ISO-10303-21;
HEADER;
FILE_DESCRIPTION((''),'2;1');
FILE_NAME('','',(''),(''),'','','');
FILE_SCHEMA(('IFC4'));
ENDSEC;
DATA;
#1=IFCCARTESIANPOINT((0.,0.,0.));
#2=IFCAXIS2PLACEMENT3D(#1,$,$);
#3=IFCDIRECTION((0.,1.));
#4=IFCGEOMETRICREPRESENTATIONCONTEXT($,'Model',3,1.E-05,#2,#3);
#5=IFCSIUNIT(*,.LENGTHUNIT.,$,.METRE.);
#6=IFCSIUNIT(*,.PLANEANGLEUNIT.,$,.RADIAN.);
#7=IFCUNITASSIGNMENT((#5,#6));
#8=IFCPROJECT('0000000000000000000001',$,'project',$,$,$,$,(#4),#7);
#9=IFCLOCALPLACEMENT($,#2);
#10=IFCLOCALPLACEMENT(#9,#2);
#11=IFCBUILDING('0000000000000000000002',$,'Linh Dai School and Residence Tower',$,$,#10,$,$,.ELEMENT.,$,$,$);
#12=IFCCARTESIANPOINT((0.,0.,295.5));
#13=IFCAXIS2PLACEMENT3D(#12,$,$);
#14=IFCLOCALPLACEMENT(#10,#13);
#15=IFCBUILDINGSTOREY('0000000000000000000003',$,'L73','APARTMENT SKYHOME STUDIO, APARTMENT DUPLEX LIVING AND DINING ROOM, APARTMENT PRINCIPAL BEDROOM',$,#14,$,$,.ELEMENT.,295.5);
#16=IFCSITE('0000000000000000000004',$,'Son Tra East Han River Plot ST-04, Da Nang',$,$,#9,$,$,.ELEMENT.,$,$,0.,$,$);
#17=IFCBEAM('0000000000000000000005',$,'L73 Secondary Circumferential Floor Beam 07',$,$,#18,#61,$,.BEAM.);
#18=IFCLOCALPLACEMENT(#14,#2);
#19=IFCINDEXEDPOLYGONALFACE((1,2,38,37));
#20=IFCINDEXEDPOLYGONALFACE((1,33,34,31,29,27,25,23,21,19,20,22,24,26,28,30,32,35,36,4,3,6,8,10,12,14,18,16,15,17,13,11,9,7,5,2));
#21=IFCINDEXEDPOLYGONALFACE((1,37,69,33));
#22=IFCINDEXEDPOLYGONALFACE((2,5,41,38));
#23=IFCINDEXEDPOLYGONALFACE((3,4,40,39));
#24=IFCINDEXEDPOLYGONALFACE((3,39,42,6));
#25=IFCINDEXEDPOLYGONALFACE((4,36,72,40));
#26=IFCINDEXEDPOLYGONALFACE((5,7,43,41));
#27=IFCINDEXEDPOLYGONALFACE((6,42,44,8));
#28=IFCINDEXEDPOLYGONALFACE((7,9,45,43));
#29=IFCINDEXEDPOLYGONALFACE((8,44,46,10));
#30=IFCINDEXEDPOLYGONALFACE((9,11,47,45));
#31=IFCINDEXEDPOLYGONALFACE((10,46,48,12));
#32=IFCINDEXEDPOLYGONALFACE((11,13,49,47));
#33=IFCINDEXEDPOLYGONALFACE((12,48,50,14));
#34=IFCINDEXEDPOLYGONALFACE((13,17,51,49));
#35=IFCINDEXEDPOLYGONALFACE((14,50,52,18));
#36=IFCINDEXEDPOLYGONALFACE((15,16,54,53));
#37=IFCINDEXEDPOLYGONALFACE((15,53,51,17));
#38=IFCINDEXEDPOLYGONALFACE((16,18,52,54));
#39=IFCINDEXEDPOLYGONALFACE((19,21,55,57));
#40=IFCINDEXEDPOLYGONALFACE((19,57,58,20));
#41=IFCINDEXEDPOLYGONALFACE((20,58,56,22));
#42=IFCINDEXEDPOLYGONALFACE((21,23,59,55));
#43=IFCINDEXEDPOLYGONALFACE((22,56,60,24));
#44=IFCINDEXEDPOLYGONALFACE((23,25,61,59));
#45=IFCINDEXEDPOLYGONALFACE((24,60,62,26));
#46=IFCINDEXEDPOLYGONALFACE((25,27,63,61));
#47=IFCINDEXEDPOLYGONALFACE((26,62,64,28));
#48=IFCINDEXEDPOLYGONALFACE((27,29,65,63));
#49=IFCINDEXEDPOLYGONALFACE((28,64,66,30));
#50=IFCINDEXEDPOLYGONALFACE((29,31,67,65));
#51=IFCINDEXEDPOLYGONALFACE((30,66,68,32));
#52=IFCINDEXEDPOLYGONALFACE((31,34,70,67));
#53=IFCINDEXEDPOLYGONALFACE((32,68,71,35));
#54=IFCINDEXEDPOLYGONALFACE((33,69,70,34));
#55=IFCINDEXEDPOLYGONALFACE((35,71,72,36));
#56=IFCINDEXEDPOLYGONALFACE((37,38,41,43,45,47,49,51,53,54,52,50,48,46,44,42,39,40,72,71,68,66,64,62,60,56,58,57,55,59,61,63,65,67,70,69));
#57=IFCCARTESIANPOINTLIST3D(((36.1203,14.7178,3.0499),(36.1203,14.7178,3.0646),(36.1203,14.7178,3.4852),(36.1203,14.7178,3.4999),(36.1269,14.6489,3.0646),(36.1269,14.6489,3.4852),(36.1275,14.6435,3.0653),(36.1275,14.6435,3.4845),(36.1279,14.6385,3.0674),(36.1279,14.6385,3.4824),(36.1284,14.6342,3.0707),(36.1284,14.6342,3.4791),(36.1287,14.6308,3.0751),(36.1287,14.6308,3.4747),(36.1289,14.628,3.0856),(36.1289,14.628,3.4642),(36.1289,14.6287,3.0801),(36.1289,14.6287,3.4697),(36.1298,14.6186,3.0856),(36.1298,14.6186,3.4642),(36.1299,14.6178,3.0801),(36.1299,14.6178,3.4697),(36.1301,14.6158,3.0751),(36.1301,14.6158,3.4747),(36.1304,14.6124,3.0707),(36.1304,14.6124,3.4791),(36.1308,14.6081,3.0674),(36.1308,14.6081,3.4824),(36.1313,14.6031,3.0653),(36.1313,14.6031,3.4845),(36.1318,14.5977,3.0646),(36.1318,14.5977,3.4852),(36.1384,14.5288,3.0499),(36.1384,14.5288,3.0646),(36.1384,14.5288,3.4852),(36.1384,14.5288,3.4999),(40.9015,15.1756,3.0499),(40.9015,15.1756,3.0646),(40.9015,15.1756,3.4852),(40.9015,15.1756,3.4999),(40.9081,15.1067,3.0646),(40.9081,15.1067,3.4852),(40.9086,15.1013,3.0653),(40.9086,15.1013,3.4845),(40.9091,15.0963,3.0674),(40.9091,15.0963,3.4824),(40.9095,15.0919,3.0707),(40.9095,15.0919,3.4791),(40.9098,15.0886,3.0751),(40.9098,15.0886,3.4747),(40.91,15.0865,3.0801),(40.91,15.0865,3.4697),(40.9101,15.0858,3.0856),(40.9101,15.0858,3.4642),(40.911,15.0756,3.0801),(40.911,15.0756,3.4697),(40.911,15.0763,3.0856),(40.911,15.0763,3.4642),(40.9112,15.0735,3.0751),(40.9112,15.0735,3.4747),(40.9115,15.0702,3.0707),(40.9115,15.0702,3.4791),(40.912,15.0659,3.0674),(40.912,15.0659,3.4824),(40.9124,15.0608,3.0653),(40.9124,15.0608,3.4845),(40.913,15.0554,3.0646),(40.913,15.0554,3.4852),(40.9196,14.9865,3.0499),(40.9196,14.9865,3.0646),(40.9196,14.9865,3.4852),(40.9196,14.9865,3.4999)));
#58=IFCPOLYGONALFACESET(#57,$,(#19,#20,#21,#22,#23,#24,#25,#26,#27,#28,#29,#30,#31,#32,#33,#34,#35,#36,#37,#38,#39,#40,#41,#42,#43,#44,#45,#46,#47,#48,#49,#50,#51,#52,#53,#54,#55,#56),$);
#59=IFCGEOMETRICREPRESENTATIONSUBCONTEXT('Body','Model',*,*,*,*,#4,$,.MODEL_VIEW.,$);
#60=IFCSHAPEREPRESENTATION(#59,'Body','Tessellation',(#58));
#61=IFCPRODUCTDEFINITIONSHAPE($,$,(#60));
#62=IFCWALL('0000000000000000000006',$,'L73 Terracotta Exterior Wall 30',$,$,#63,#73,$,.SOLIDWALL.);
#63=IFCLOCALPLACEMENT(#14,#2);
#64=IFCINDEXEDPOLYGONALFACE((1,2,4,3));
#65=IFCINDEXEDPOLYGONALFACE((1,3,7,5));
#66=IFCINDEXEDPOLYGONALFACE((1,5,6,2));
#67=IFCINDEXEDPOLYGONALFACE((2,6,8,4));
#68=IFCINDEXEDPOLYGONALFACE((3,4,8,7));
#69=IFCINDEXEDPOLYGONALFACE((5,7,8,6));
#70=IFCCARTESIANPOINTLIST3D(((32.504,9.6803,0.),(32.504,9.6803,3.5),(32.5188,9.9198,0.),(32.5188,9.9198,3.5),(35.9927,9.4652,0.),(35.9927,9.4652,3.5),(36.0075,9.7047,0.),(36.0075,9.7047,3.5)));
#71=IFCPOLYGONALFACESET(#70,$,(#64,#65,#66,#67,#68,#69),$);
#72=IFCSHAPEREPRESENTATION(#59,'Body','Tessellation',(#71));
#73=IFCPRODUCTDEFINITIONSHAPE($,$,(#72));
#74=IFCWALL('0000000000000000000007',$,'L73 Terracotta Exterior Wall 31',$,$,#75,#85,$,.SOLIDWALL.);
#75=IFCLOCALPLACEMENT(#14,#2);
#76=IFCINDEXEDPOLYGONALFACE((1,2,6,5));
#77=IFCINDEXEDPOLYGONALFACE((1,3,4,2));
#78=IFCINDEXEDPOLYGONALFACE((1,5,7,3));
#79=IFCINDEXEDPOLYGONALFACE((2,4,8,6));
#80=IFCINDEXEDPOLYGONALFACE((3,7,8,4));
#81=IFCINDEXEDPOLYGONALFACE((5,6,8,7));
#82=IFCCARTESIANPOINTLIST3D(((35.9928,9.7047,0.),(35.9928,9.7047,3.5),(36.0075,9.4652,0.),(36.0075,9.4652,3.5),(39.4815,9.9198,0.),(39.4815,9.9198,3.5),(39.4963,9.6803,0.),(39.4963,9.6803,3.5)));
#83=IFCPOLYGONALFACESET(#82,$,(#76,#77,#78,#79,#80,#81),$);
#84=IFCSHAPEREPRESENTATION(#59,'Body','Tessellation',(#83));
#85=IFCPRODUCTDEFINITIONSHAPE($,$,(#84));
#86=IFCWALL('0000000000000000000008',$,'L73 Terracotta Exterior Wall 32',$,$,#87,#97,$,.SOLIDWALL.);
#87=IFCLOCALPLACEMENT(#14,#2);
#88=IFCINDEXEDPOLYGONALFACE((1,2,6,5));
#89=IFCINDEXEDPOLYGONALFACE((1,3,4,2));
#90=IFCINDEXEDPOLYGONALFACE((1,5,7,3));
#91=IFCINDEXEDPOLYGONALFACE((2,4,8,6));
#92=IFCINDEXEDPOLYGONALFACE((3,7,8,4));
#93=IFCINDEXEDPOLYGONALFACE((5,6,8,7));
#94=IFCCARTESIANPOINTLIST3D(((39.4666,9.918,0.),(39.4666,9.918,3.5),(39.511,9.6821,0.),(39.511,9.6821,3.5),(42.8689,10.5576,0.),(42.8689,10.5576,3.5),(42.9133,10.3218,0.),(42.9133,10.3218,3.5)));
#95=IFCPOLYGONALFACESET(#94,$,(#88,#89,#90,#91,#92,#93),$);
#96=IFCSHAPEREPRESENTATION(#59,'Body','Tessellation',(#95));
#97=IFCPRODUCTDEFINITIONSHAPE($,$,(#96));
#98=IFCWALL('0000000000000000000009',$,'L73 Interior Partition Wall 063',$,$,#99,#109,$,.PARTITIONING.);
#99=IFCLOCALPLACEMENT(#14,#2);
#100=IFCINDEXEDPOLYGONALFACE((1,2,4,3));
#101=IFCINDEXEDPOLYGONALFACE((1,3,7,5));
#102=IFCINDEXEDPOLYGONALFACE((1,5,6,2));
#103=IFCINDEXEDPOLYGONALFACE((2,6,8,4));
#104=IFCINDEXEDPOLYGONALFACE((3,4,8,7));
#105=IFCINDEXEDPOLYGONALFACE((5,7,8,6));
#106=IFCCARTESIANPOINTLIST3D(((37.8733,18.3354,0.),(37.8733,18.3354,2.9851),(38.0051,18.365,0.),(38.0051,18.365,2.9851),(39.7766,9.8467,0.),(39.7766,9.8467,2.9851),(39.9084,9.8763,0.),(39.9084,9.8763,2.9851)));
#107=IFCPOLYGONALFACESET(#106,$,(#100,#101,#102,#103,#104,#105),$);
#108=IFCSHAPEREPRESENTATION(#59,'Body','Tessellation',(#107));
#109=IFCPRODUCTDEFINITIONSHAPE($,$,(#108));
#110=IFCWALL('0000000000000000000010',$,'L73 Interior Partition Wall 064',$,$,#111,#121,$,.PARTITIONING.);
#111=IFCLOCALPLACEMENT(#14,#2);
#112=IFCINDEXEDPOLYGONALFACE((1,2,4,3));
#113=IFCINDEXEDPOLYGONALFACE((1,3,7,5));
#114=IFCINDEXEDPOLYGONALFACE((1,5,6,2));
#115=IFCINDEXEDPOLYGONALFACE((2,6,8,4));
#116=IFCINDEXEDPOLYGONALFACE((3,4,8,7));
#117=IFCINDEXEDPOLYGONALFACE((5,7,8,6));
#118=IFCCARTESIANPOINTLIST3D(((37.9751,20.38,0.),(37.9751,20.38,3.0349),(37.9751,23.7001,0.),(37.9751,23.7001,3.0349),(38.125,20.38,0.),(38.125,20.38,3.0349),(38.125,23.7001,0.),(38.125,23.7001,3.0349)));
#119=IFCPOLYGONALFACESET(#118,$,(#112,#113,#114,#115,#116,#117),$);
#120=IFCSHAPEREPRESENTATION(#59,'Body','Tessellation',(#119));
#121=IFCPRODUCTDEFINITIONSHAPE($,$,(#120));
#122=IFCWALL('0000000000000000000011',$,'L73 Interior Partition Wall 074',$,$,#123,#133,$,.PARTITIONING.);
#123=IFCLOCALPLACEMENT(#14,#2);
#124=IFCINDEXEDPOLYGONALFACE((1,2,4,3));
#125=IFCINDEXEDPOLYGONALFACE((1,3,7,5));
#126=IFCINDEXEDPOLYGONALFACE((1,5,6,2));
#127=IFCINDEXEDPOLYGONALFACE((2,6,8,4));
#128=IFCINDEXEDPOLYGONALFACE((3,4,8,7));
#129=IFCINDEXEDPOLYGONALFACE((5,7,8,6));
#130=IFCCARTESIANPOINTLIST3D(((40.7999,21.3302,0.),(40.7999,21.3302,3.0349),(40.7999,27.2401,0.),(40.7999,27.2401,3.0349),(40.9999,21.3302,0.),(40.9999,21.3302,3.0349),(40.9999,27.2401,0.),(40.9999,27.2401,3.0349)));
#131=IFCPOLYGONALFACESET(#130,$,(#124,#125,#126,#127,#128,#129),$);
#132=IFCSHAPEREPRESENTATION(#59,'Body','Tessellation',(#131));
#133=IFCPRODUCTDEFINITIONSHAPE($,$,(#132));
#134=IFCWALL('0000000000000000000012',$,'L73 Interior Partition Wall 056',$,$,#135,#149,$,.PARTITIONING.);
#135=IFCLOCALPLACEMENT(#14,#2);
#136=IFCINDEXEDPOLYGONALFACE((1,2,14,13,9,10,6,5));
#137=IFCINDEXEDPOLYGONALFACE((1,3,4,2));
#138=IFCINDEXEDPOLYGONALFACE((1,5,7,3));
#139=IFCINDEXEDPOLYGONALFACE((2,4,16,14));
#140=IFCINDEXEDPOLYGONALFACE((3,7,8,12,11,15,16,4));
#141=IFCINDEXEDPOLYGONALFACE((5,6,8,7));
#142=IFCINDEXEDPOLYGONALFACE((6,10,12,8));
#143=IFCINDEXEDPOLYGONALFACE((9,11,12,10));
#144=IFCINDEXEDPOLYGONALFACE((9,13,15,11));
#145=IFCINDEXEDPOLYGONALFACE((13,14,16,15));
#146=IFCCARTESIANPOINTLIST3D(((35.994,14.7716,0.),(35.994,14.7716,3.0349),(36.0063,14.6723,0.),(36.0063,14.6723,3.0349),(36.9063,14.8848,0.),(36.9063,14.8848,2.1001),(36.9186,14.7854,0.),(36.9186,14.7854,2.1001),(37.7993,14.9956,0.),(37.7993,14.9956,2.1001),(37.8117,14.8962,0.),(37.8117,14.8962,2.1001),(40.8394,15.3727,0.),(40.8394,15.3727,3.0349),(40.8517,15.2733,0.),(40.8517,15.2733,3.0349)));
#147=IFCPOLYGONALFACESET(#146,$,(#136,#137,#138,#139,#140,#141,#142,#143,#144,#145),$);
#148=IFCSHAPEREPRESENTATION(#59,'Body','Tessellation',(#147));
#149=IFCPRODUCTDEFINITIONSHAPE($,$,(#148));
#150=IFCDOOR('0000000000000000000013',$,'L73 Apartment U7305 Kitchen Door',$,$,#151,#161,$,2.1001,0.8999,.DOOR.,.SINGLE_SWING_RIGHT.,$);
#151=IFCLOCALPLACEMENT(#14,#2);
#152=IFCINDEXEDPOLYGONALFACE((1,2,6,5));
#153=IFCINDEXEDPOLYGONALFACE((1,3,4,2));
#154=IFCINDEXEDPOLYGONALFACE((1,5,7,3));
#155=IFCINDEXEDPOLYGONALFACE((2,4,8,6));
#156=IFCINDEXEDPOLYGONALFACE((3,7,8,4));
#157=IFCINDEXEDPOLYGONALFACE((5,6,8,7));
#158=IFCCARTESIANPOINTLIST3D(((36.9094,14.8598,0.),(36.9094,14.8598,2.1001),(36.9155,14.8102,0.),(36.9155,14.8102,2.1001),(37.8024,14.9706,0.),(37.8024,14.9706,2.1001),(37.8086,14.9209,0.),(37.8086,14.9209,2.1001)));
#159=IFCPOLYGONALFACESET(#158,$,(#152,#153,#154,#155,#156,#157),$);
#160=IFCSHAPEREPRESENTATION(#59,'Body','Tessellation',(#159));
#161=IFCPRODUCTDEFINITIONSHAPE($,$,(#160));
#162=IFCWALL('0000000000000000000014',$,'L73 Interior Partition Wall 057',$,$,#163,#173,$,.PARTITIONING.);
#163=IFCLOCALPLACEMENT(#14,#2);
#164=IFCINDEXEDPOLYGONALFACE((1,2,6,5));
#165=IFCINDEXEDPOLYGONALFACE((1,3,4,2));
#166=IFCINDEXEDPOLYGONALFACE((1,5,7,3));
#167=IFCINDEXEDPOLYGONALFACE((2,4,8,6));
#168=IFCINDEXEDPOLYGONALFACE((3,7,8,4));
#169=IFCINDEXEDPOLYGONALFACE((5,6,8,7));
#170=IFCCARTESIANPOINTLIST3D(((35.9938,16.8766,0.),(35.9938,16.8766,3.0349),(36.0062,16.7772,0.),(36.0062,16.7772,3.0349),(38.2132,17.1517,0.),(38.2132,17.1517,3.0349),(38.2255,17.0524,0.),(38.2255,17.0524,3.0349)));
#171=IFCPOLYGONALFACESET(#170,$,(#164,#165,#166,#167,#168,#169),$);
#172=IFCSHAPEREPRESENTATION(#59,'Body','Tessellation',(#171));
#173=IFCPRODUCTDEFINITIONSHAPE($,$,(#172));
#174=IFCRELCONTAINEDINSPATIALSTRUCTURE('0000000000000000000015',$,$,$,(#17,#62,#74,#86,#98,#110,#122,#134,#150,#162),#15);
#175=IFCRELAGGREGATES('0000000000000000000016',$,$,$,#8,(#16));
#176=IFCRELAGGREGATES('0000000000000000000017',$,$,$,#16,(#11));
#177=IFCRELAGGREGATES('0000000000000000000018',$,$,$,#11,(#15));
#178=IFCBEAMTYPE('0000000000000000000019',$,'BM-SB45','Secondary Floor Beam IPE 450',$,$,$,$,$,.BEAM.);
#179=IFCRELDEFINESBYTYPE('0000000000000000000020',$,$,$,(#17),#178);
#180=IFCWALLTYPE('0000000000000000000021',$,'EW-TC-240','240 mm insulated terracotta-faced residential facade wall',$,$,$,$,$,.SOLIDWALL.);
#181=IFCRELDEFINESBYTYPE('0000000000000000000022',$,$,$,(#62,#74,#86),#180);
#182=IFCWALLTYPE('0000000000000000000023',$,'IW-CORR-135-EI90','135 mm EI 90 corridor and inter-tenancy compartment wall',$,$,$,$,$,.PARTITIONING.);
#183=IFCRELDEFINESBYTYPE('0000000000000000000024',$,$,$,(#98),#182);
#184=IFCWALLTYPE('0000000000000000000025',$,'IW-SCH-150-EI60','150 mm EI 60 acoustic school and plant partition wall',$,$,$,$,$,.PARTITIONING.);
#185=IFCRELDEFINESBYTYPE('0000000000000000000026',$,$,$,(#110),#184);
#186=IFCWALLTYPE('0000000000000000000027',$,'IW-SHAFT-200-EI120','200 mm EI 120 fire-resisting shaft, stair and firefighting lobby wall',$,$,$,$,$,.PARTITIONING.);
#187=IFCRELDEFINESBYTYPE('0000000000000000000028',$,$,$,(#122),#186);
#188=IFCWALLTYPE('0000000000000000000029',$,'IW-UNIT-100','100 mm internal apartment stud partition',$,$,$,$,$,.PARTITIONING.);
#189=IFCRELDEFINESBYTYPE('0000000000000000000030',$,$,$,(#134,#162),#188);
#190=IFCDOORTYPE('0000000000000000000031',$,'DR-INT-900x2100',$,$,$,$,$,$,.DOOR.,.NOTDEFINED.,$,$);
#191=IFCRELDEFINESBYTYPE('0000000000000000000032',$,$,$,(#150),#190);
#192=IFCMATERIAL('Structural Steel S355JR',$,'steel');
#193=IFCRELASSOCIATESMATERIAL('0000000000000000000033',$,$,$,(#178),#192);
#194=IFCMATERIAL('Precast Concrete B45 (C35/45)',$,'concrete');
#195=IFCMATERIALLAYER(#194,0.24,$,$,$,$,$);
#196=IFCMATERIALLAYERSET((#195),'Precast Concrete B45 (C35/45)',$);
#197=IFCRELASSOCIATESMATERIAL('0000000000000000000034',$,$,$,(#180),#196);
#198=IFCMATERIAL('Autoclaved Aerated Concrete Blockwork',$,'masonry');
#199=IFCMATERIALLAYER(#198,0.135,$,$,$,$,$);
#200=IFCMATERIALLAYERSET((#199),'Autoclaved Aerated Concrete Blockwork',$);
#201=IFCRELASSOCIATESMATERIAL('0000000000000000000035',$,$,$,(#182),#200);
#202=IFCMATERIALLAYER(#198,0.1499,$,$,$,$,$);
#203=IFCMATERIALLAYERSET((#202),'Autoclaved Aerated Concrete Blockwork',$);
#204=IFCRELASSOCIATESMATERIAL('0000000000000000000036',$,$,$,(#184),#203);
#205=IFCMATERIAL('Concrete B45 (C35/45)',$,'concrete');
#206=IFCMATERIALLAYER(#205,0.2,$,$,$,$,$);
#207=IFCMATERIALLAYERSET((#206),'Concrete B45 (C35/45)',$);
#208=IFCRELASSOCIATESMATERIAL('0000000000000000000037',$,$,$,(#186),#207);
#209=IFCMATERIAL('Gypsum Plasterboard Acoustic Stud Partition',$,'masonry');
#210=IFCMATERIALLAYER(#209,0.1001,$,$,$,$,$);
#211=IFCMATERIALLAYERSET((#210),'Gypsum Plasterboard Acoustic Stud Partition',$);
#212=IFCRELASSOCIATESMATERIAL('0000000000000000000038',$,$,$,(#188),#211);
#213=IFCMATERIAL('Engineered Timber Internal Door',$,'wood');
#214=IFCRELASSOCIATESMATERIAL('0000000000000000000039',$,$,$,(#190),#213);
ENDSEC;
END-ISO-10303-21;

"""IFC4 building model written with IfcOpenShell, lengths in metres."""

from ifc_helpers import new_model, si_unit, direction, frame, frame_2d, origin, origin_2d, place, context, subcontext, project, spatial, rectangle, i_section, extrude, source, transform, mapped, material, layer, layer_set, material_profile, profile_set, type_object, element, fill, save


model = new_model("IFC4")

# Units and contexts
model_context = context("Model", 3, precision=1e-05, world=origin(), true_north=direction((0.0, 1.0)))
body_context = subcontext(model_context, "Body", "Model", "MODEL_VIEW")
ifc_project = project(units=[si_unit("LENGTHUNIT", "METRE"), si_unit("PLANEANGLEUNIT", "RADIAN")], contexts=[model_context])

# Site, building, storey
site_placement = place(None, origin())
site = spatial("IfcSite", under=ifc_project, at=site_placement, Name="Son Tra East Han River Plot ST-04, Da Nang", CompositionType="ELEMENT", RefElevation=0.0)
building_placement = place(site_placement, origin())
building = spatial("IfcBuilding", under=site, at=building_placement, Name="Linh Dai School and Residence Tower", CompositionType="ELEMENT")
storey_placement = place(building_placement, frame((0.0, 0.0, 295.5)))
storey = spatial("IfcBuildingStorey", under=building, at=storey_placement, Name="L73", Description="APARTMENT SKYHOME STUDIO, APARTMENT DUPLEX LIVING AND DINING ROOM, APARTMENT PRINCIPAL BEDROOM", CompositionType="ELEMENT", Elevation=295.5)

# Shared definitions
ifc_material_1 = material(Name="Structural Steel S355JR", Category="steel")

# Beam
ifc_material_profile_1 = material_profile(ifc_material_1, i_section(OverallWidth=0.1899, OverallDepth=0.45, WebThickness=0.0095, FlangeThickness=0.0146, FilletRadius=0.021, at=origin_2d()), Name="IPE 450")
ifc_profile_set_1 = profile_set([ifc_material_profile_1], Name="Structural Steel S355JR")
beam_type_1 = type_object("IfcBeamType", Name="BM-SB45", Description="Secondary Floor Beam IPE 450", PredefinedType="BEAM", material=ifc_profile_set_1)
beam_1_placement = place(storey_placement, frame((36.1294, 14.6233, 3.2749), z_axis=(0.995448, 0.09531, 0.0), x_axis=(-0.09531, 0.995448, 0.0)))
element("IfcBeam", 1, at=beam_1_placement, inside=storey, type_object=beam_type_1, Name="L73 Secondary Circumferential Floor Beam 07", PredefinedType="BEAM", context=body_context, shape_type="SweptSolid", body=[
    extrude(i_section(OverallWidth=0.1899, OverallDepth=0.45, WebThickness=0.0095, FlangeThickness=0.0146, FilletRadius=0.021, at=origin_2d()), origin(), (0.0, 0.0, 1.0), 4.803),
])

# Walls
ifc_material_2 = material(Name="Precast Concrete B45 (C35/45)", Category="concrete")
ifc_layer_1 = layer(ifc_material_2, 0.24)
ifc_layer_set_1 = layer_set([ifc_layer_1], Name="Precast Concrete B45 (C35/45)")
wall_type_1 = type_object("IfcWallType", Name="EW-TC-240", Description="240 mm insulated terracotta-faced residential facade wall", PredefinedType="SOLIDWALL", material=ifc_layer_set_1)
for number, where, z_axis, x_axis, name in (
    (2, (36.0, 9.585, 0.0), (0.0, 0.0, 1.0), (-0.998105, 0.061535, 0.0), "L73 Terracotta Exterior Wall 30"),
    (3, (39.4888, 9.8, 0.0), (0.0, 0.0, 1.0), (-0.998105, -0.061535, 0.0), "L73 Terracotta Exterior Wall 31"),
):
    element("IfcWall", number, at=place(storey_placement, frame(where, z_axis=z_axis, x_axis=x_axis)), inside=storey, type_object=wall_type_1, Name=name, PredefinedType="SOLIDWALL", context=body_context, shape_type="SweptSolid", body=[
        extrude(rectangle(XDim=3.4954, YDim=0.24, at=frame_2d((1.7476, 0.0))), origin(), (0.0, 0.0, 1.0), 3.5),
    ])
wall_1_placement = place(storey_placement, frame((42.8911, 10.4397, 0.0), z_axis=(0.0, 0.0, 1.0), x_axis=(-0.982783, -0.184765, 0.0)))
element("IfcWall", 4, at=wall_1_placement, inside=storey, type_object=wall_type_1, Name="L73 Terracotta Exterior Wall 32", PredefinedType="SOLIDWALL", context=body_context, shape_type="SweptSolid", body=[
    extrude(rectangle(XDim=3.4619, YDim=0.24, at=frame_2d((1.731, 0.0))), origin(), (0.0, 0.0, 1.0), 3.5),
])
ifc_material_3 = material(Name="Autoclaved Aerated Concrete Blockwork", Category="masonry")
ifc_layer_2 = layer(ifc_material_3, 0.135)
ifc_layer_set_2 = layer_set([ifc_layer_2], Name="Autoclaved Aerated Concrete Blockwork")
wall_type_2 = type_object("IfcWallType", Name="IW-CORR-135-EI90", Description="135 mm EI 90 corridor and inter-tenancy compartment wall", PredefinedType="PARTITIONING", material=ifc_layer_set_2)
wall_2_placement = place(storey_placement, frame((37.9392, 18.3501, 0.0), z_axis=(0.0, 0.0, 1.0), x_axis=(0.218784, -0.975773, 0.0)))
element("IfcWall", 5, at=wall_2_placement, inside=storey, type_object=wall_type_2, Name="L73 Interior Partition Wall 063", PredefinedType="PARTITIONING", context=body_context, shape_type="SweptSolid", body=[
    extrude(rectangle(XDim=8.6995, YDim=0.135, at=frame_2d((4.3496, 0.0))), origin(), (0.0, 0.0, 1.0), 2.9851),
])
ifc_layer_3 = layer(ifc_material_3, 0.1499)
ifc_layer_set_3 = layer_set([ifc_layer_3], Name="Autoclaved Aerated Concrete Blockwork")
wall_type_3 = type_object("IfcWallType", Name="IW-SCH-150-EI60", Description="150 mm EI 60 acoustic school and plant partition wall", PredefinedType="PARTITIONING", material=ifc_layer_set_3)
wall_3_placement = place(storey_placement, frame((38.05, 20.3799, 0.0), z_axis=(0.0, 0.0, 1.0), x_axis=(0.0, 1.0, 0.0)))
element("IfcWall", 6, at=wall_3_placement, inside=storey, type_object=wall_type_3, Name="L73 Interior Partition Wall 064", PredefinedType="PARTITIONING", context=body_context, shape_type="SweptSolid", body=[
    extrude(rectangle(XDim=3.3201, YDim=0.1499, at=frame_2d((1.6602, 0.0))), origin(), (0.0, 0.0, 1.0), 3.0349),
])
ifc_material_4 = material(Name="Concrete B45 (C35/45)", Category="concrete")
ifc_layer_4 = layer(ifc_material_4, 0.2)
ifc_layer_set_4 = layer_set([ifc_layer_4], Name="Concrete B45 (C35/45)")
wall_type_4 = type_object("IfcWallType", Name="IW-SHAFT-200-EI120", Description="200 mm EI 120 fire-resisting shaft, stair and firefighting lobby wall", PredefinedType="PARTITIONING", material=ifc_layer_set_4)
wall_4_placement = place(storey_placement, frame((40.8999, 21.3301, 0.0), z_axis=(0.0, 0.0, 1.0), x_axis=(0.0, 1.0, 0.0)))
element("IfcWall", 7, at=wall_4_placement, inside=storey, type_object=wall_type_4, Name="L73 Interior Partition Wall 074", PredefinedType="PARTITIONING", context=body_context, shape_type="SweptSolid", body=[
    extrude(rectangle(XDim=5.9099, YDim=0.2, at=frame_2d((2.9551, 0.0))), origin(), (0.0, 0.0, 1.0), 3.0349),
])

# Wall, opening, door
ifc_material_5 = material(Name="Gypsum Plasterboard Acoustic Stud Partition", Category="masonry")
ifc_layer_5 = layer(ifc_material_5, 0.1001)
ifc_layer_set_5 = layer_set([ifc_layer_5], Name="Gypsum Plasterboard Acoustic Stud Partition")
wall_type_5 = type_object("IfcWallType", Name="IW-UNIT-100", Description="100 mm internal apartment stud partition", PredefinedType="PARTITIONING", material=ifc_layer_set_5)
wall_5_placement = place(storey_placement, frame((36.0, 14.7219, 0.0), z_axis=(0.0, 0.0, 1.0), x_axis=(0.992394, 0.123105, 0.0)))
wall_5 = element("IfcWall", 8, at=wall_5_placement, inside=storey, type_object=wall_type_5, Name="L73 Interior Partition Wall 056", PredefinedType="PARTITIONING", context=body_context, shape_type="SweptSolid", body=[
    extrude(rectangle(XDim=4.8826, YDim=0.1001, at=frame_2d((2.4414, 0.0))), origin(), (0.0, 0.0, 1.0), 3.0349),
])
opening_1_placement = place(wall_5_placement, frame((0.9194, 0.0, 0.0)))
opening_1 = element("IfcOpeningElement", 9, at=opening_1_placement, cuts=wall_5, PredefinedType="OPENING", context=body_context, shape_type="SweptSolid", body=[
    extrude(rectangle(XDim=0.8999, YDim=2.1001, at=origin_2d()), frame((0.45, 0.0601, 1.05), z_axis=(0.0, -1.0, 0.0), x_axis=(1.0, 0.0, 0.0)), (0.0, 0.0, 1.0), 0.1201),
])
ifc_material_6 = material(Name="Engineered Timber Internal Door", Category="wood")
door_type_1 = type_object("IfcDoorType", Name="DR-INT-900x2100", OperationType="NOTDEFINED", PredefinedType="DOOR", material=ifc_material_6)
shared_shape_1 = source(origin(), body_context, "Body", "SweptSolid", [
    extrude(rectangle(XDim=0.8999, YDim=2.1001, at=origin_2d()), frame((0.45, 0.0249, 1.05), z_axis=(0.0, -1.0, 0.0), x_axis=(1.0, 0.0, 0.0)), (0.0, 0.0, 1.0), 0.05),
])
door_1_placement = place(opening_1_placement, origin())
door_1 = element("IfcDoor", 10, at=door_1_placement, inside=storey, type_object=door_type_1, Name="L73 Apartment U7305 Kitchen Door", OperationType="SINGLE_SWING_RIGHT", OverallHeight=2.1001, OverallWidth=0.8999, PredefinedType="DOOR", context=body_context, shape_type="MappedRepresentation", body=[
    mapped(shared_shape_1, transform((0.0, 0.0, 0.0), x_axis=(1.0, 0.0, 0.0), y_axis=(0.0, 1.0, 0.0), z_axis=(0.0, 0.0, 1.0), scale=1.0)),
])
fill(opening_1, door_1)

# Wall
wall_6_placement = place(storey_placement, frame((36.0, 16.8269, 0.0), z_axis=(0.0, 0.0, 1.0), x_axis=(0.992402, 0.12304, 0.0)))
element("IfcWall", 11, at=wall_6_placement, inside=storey, type_object=wall_type_5, Name="L73 Interior Partition Wall 057", PredefinedType="PARTITIONING", context=body_context, shape_type="SweptSolid", body=[
    extrude(rectangle(XDim=2.2363, YDim=0.1001, at=frame_2d((1.1182, 0.0))), origin(), (0.0, 0.0, 1.0), 3.0349),
])

save(model, "model.ifc")
